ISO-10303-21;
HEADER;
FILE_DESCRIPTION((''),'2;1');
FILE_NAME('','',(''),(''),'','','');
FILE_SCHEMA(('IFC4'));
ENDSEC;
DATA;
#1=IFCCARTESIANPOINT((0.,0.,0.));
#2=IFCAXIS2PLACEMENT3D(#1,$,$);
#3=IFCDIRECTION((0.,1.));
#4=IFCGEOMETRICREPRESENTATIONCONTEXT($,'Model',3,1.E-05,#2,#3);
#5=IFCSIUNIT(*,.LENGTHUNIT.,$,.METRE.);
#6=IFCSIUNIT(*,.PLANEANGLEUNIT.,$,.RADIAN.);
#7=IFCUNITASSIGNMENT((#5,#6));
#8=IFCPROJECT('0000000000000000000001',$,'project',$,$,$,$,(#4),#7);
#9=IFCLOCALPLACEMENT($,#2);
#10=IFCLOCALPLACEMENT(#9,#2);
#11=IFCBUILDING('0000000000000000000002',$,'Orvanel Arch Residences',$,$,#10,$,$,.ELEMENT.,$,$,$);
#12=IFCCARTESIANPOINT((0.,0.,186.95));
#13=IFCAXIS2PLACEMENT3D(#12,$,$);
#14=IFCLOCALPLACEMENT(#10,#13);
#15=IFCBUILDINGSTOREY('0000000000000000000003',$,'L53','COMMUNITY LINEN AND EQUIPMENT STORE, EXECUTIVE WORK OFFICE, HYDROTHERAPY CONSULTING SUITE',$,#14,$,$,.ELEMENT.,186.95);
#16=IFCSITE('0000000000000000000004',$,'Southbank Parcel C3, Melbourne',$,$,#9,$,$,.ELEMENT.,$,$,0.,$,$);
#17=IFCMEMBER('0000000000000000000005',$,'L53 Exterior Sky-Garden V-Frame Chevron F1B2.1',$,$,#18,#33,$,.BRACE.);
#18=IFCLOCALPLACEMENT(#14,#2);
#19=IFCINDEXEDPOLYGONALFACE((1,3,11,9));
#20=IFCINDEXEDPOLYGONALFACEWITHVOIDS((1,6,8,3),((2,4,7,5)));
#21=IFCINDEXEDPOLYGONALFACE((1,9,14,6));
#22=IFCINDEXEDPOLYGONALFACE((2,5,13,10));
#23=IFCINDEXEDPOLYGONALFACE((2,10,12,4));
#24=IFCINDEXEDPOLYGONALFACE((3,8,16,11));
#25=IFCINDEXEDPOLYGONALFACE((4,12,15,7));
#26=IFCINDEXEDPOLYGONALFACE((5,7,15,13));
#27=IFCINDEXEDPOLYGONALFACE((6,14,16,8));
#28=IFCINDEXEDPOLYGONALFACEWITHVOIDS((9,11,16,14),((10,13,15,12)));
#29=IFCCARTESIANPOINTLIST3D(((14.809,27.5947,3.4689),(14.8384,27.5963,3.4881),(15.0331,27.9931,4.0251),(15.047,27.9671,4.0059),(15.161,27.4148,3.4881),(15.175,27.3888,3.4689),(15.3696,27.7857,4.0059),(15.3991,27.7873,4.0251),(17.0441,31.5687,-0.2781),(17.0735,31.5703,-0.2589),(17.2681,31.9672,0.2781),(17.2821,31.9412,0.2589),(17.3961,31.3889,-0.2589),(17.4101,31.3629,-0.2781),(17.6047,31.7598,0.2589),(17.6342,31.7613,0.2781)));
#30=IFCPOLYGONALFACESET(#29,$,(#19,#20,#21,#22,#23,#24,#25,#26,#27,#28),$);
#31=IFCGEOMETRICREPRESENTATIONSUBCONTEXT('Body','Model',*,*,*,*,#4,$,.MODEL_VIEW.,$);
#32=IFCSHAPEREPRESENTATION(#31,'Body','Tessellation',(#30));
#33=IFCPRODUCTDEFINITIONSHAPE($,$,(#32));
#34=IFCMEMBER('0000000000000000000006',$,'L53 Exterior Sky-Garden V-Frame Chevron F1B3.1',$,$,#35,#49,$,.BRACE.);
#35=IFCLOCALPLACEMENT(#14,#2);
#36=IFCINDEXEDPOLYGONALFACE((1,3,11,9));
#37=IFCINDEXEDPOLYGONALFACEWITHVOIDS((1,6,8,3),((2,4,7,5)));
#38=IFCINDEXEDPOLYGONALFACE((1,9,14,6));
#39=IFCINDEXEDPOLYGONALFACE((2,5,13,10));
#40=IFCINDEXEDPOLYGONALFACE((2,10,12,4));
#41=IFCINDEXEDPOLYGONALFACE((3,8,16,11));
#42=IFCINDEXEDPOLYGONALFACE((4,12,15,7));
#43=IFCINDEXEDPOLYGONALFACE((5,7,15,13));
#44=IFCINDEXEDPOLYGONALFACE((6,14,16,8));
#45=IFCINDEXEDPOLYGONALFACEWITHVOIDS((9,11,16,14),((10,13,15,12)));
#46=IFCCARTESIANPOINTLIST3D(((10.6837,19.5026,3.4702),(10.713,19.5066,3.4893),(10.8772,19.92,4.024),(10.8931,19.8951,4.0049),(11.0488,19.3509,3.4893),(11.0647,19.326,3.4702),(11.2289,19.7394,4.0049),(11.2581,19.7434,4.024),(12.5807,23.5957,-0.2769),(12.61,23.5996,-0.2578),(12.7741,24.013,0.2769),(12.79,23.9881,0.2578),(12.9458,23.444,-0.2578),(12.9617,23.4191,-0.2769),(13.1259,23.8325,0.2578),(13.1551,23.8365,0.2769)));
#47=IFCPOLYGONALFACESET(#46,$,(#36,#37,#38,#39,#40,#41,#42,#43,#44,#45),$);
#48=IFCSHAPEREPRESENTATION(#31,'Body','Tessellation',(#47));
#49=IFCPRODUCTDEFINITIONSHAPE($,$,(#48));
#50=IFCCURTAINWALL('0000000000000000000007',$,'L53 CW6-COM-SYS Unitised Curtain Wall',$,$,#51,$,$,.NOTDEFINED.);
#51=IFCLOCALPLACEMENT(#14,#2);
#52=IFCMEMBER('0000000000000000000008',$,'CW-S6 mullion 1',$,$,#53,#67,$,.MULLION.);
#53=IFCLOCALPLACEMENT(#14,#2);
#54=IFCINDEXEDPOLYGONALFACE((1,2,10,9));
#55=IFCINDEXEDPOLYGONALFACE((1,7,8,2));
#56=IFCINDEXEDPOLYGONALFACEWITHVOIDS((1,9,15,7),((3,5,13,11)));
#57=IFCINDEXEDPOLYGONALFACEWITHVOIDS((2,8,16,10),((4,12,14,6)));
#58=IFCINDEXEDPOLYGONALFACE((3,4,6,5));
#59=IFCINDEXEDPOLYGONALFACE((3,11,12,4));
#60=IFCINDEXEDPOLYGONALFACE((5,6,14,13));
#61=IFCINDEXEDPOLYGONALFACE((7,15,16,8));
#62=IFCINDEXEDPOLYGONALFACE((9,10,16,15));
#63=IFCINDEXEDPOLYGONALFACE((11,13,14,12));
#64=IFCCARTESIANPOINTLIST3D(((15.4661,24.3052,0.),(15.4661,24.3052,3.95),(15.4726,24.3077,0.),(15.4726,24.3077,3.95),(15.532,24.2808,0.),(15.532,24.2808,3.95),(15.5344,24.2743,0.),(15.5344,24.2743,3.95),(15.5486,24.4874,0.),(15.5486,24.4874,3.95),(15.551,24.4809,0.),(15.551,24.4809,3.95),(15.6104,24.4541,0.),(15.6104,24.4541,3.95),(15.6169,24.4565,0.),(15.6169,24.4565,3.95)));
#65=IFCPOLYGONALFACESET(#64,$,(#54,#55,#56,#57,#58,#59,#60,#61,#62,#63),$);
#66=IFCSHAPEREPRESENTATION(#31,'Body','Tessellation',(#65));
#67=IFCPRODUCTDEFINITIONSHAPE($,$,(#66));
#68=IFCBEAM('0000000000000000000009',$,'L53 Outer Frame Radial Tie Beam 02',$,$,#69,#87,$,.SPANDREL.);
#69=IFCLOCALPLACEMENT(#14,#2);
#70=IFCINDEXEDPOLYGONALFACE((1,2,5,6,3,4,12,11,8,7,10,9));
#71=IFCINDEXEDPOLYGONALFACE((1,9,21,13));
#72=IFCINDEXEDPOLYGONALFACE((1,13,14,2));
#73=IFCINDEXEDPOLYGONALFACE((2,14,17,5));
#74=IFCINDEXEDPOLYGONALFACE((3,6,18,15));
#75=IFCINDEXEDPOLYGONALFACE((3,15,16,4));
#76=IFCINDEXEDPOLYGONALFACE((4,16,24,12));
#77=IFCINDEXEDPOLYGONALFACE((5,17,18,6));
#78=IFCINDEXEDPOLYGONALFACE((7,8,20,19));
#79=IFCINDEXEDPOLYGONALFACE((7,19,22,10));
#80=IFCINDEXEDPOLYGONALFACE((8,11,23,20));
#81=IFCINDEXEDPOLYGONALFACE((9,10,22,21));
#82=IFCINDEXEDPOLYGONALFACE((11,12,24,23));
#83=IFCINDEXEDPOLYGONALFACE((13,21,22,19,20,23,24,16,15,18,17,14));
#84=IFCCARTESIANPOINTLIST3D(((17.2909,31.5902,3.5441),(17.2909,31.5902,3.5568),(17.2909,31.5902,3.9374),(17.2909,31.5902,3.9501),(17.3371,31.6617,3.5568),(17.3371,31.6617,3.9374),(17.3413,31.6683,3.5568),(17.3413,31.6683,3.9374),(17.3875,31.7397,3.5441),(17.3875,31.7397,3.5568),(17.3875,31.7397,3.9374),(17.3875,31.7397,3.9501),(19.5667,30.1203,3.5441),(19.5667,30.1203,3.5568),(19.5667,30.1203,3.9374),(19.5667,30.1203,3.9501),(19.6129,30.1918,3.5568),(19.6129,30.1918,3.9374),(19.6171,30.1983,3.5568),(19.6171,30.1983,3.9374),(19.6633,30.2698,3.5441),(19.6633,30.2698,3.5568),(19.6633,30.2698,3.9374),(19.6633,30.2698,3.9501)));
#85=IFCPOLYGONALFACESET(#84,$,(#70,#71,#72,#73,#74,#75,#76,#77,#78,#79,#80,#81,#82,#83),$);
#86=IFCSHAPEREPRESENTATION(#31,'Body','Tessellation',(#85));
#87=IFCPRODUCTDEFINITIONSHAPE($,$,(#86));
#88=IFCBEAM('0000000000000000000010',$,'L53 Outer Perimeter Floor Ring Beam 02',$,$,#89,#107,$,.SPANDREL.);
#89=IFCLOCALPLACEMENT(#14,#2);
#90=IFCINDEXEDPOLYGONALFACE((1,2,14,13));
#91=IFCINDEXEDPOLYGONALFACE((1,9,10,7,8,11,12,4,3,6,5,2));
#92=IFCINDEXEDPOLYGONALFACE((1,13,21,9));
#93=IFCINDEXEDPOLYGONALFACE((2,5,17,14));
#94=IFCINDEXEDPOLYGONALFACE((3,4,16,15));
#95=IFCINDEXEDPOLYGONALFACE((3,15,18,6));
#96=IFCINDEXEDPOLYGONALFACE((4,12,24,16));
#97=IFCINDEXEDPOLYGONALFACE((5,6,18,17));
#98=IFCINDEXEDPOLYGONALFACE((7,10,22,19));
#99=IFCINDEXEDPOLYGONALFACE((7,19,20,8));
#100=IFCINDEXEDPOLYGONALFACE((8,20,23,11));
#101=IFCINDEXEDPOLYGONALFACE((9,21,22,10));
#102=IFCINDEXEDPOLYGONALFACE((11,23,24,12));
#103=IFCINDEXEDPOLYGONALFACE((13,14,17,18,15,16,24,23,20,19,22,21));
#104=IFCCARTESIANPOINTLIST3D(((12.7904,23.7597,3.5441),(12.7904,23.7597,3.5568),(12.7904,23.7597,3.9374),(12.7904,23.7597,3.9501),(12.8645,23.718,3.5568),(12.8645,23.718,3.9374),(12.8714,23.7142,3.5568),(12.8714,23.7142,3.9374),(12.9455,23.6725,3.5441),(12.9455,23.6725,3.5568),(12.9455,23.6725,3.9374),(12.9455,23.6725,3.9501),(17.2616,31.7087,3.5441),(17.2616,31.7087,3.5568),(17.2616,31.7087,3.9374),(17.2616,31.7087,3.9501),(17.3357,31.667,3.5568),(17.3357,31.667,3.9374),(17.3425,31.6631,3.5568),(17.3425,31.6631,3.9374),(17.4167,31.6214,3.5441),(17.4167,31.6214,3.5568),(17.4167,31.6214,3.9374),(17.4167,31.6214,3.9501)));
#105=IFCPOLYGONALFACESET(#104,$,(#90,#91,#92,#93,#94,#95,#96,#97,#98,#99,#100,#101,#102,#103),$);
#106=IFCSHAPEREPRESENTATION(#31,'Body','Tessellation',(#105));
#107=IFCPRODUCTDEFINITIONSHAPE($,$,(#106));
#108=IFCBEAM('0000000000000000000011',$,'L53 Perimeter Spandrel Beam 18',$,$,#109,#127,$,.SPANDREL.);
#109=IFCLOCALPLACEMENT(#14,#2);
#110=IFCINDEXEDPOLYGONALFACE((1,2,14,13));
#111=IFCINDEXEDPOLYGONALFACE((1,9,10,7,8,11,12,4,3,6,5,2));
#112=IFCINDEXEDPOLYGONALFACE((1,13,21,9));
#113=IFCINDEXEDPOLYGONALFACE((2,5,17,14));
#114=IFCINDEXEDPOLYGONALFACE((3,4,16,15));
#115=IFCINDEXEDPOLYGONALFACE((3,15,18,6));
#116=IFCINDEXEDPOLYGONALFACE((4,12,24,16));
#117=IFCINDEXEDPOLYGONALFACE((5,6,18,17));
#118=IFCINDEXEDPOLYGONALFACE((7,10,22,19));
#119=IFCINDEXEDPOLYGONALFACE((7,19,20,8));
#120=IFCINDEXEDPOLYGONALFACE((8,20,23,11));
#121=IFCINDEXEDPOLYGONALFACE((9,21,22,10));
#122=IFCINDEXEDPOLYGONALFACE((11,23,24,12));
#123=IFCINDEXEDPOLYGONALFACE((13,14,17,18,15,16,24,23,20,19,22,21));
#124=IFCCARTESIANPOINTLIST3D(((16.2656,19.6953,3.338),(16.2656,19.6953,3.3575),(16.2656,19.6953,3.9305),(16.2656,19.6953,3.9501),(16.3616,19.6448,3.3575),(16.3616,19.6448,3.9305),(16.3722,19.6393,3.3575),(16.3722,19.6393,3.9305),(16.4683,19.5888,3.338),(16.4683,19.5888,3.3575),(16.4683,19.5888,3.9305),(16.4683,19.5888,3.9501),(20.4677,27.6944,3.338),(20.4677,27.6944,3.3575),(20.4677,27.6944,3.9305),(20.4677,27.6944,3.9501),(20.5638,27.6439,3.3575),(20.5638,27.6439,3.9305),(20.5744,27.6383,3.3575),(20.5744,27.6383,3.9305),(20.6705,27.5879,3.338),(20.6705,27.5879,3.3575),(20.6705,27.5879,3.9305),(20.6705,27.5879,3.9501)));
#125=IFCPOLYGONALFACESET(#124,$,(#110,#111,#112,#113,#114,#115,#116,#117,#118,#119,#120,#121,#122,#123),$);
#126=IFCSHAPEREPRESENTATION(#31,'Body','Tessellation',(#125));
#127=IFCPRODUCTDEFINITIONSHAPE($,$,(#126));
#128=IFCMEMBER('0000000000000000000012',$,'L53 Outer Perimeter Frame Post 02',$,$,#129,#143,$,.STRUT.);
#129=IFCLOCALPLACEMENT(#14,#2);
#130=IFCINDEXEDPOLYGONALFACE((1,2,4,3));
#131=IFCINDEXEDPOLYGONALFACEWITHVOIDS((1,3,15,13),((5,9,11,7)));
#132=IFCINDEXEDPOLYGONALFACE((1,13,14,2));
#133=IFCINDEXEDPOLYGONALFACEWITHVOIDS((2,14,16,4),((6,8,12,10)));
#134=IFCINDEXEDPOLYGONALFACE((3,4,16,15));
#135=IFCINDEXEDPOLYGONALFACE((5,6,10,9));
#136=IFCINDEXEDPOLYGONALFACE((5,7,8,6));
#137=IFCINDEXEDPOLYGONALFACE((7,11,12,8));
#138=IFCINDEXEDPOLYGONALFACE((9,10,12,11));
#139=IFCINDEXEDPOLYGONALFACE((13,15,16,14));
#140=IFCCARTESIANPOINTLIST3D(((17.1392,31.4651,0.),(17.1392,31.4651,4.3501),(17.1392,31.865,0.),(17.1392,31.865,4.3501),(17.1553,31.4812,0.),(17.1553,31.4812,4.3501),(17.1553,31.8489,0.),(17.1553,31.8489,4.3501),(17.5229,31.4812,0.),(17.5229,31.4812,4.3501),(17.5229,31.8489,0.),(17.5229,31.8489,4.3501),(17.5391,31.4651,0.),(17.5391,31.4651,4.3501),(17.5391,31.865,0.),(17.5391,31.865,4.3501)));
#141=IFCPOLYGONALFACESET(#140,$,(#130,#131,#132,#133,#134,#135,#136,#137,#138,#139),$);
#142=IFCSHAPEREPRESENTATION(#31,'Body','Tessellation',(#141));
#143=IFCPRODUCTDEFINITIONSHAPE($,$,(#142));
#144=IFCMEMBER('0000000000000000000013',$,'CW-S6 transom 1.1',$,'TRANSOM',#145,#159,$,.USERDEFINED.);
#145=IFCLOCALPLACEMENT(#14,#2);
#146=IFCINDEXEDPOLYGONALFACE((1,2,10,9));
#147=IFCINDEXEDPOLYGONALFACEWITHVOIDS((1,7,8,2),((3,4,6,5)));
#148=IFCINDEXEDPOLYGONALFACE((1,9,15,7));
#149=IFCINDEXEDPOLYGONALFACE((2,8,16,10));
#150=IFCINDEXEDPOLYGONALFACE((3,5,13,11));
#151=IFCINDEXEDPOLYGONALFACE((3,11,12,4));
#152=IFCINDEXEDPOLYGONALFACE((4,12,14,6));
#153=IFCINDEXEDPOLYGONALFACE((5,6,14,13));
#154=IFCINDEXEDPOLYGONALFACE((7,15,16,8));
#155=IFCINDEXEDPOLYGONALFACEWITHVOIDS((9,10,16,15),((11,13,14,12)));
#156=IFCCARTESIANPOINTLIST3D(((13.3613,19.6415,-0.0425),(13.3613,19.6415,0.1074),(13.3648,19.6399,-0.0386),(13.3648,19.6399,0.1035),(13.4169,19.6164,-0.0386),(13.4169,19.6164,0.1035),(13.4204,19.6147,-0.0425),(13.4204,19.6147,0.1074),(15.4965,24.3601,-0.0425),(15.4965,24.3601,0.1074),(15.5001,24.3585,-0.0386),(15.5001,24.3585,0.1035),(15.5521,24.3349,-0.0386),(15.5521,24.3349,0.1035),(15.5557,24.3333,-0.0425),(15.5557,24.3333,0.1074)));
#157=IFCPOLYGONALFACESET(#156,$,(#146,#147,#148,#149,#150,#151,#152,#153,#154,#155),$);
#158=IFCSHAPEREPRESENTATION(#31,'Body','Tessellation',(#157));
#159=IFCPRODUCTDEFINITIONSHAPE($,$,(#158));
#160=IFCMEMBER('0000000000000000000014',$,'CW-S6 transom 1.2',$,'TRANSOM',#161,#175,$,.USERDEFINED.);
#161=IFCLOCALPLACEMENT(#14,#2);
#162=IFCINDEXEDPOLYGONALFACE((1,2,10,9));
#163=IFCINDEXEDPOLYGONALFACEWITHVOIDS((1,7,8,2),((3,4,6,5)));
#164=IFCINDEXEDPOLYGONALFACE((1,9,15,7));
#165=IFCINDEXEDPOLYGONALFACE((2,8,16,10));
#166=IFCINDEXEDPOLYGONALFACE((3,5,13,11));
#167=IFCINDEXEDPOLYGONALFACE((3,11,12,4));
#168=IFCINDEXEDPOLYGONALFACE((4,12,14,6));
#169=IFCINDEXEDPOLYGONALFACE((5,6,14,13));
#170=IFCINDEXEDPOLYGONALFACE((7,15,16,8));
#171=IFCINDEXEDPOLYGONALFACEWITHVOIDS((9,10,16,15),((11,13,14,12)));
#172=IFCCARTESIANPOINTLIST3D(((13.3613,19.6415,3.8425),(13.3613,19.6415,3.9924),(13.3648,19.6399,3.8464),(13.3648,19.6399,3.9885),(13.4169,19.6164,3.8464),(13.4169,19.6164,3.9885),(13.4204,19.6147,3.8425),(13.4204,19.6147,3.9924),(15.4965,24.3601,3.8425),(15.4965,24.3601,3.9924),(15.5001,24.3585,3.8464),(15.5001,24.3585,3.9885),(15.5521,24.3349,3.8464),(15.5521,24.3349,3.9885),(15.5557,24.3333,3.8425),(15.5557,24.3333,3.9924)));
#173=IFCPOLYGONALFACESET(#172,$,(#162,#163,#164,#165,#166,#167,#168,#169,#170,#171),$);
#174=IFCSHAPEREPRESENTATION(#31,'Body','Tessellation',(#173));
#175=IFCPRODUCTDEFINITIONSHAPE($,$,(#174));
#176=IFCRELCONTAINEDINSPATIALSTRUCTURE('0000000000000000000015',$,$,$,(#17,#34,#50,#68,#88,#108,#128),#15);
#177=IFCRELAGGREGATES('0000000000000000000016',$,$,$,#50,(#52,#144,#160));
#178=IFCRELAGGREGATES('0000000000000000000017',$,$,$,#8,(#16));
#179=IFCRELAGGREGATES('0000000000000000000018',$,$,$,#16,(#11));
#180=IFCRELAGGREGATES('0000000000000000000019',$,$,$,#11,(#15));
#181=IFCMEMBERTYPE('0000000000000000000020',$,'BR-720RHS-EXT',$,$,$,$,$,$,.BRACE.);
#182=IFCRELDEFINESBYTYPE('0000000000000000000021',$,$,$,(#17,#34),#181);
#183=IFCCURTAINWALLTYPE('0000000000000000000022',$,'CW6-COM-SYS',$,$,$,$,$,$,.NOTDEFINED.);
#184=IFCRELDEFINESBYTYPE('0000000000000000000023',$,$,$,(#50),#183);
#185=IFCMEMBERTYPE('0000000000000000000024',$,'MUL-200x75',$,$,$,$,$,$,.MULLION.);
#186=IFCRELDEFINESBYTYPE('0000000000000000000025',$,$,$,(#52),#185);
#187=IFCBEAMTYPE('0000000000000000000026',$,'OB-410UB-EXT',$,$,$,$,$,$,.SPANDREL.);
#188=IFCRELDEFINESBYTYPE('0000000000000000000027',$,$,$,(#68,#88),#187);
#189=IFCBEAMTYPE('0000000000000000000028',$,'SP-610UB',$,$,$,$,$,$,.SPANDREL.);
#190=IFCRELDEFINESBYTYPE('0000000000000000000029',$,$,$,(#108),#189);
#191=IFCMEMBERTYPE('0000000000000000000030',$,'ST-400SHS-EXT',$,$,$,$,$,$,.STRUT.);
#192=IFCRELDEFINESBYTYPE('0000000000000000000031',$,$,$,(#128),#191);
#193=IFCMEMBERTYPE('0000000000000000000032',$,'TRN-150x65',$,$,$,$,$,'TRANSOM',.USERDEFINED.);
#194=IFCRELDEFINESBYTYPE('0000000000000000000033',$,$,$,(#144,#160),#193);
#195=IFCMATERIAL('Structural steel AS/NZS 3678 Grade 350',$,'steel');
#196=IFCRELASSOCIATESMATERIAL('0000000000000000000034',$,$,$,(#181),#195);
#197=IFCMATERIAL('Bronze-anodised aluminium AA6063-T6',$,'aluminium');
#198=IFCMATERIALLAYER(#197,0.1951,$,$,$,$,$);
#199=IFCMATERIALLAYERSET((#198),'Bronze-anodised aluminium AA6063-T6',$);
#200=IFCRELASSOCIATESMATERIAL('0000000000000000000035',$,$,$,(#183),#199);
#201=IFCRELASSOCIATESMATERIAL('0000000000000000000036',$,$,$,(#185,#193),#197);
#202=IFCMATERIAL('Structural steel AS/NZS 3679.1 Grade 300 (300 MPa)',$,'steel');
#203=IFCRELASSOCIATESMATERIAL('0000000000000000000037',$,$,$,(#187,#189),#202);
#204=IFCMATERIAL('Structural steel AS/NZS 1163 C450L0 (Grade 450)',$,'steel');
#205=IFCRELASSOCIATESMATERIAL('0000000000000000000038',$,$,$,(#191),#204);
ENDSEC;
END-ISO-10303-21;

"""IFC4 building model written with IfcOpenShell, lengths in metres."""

from ifc_helpers import new_model, si_unit, direction, frame, origin, origin_2d, place, context, subcontext, project, spatial, hollow_rectangle, i_section, extrude, material, layer, layer_set, material_profile, profile_set, type_object, element, aggregate, save


model = new_model("IFC4")

# Units and contexts
model_context = context("Model", 3, precision=1e-05, world=origin(), true_north=direction((0.0, 1.0)))
body_context = subcontext(model_context, "Body", "Model", "MODEL_VIEW")
ifc_project = project(units=[si_unit("LENGTHUNIT", "METRE"), si_unit("PLANEANGLEUNIT", "RADIAN")], contexts=[model_context])

# Site, building, storey
site_placement = place(None, origin())
site = spatial("IfcSite", under=ifc_project, at=site_placement, Name="Southbank Parcel C3, Melbourne", CompositionType="ELEMENT", RefElevation=0.0)
building_placement = place(site_placement, origin())
building = spatial("IfcBuilding", under=site, at=building_placement, Name="Orvanel Arch Residences", CompositionType="ELEMENT")
storey_placement = place(building_placement, frame((0.0, 0.0, 186.95)))
storey = spatial("IfcBuildingStorey", under=building, at=storey_placement, Name="L53", Description="COMMUNITY LINEN AND EQUIPMENT STORE, EXECUTIVE WORK OFFICE, HYDROTHERAPY CONSULTING SUITE", CompositionType="ELEMENT", Elevation=186.95)

# Shared definitions
ifc_material_1 = material(Name="Structural steel AS/NZS 1163 C450L0 (Grade 450)", Category="steel")

# Shared definitions
ifc_material_2 = material(Name="Structural steel AS/NZS 3679.1 Grade 300 (300 MPa)", Category="steel")

# Members
ifc_material_3 = material(Name="Structural steel AS/NZS 3678 Grade 350", Category="steel")
ifc_material_profile_1 = material_profile(ifc_material_3, hollow_rectangle(XDim=0.4199, YDim=0.72, WallThickness=0.0249, at=origin_2d()), Name="RHS720x420x25")
ifc_profile_set_1 = profile_set([ifc_material_profile_1], Name="Structural steel AS/NZS 3678 Grade 350")
member_type_1 = type_object("IfcMemberType", Name="BR-720RHS-EXT", PredefinedType="BRACE", material=ifc_profile_set_1)
member_1_placement = place(storey_placement, frame((17.3391, 31.665, 0.0), z_axis=(-0.378724, -0.673388, 0.634915), x_axis=(0.871607, -0.490205, 0.0)))
element("IfcMember", 1, at=member_1_placement, inside=storey, type_object=member_type_1, Name="L53 Exterior Sky-Garden V-Frame Chevron F1B2.1", PredefinedType="BRACE", context=body_context, shape_type="SweptSolid", body=[
    extrude(hollow_rectangle(XDim=0.4199, YDim=0.72, WallThickness=0.0249, at=origin_2d()), origin(), (0.0, 0.0, 1.0), 5.9016),
])
member_2_placement = place(storey_placement, frame((12.8679, 23.7161, 0.0), z_axis=(-0.32347, -0.697937, 0.638946), x_axis=(0.907293, -0.420499, 0.0)))
element("IfcMember", 2, at=member_2_placement, inside=storey, type_object=member_type_1, Name="L53 Exterior Sky-Garden V-Frame Chevron F1B3.1", PredefinedType="BRACE", context=body_context, shape_type="SweptSolid", body=[
    extrude(hollow_rectangle(XDim=0.4199, YDim=0.72, WallThickness=0.0249, at=origin_2d()), origin(), (0.0, 0.0, 1.0), 5.8645),
])

# Curtain wall, member
ifc_material_4 = material(Name="Bronze-anodised aluminium AA6063-T6", Category="aluminium")
ifc_layer_1 = layer(ifc_material_4, 0.1951)
ifc_layer_set_1 = layer_set([ifc_layer_1], Name="Bronze-anodised aluminium AA6063-T6")
curtain_wall_type = type_object("IfcCurtainWallType", Name="CW6-COM-SYS", PredefinedType="NOTDEFINED", material=ifc_layer_set_1)
curtain_wall_placement = place(storey_placement, origin())
curtain_wall = element("IfcCurtainWall", 3, at=curtain_wall_placement, inside=storey, type_object=curtain_wall_type, Name="L53 CW6-COM-SYS Unitised Curtain Wall", PredefinedType="NOTDEFINED")
ifc_material_profile_2 = material_profile(ifc_material_4, hollow_rectangle(XDim=0.075, YDim=0.2, WallThickness=0.0049, at=origin_2d()), Name="ALU200x75x5")
ifc_profile_set_2 = profile_set([ifc_material_profile_2], Name="Bronze-anodised aluminium AA6063-T6")
member_type_2 = type_object("IfcMemberType", Name="MUL-200x75", PredefinedType="MULLION", material=ifc_profile_set_2)
member_3_placement = place(storey_placement, frame((15.5415, 24.3809, 0.0), z_axis=(0.0, 0.0, 1.0), x_axis=(0.911056, -0.412284, 0.0)))
member_3 = element("IfcMember", 4, at=member_3_placement, type_object=member_type_2, Name="CW-S6 mullion 1", PredefinedType="MULLION", context=body_context, shape_type="SweptSolid", body=[
    extrude(hollow_rectangle(XDim=0.075, YDim=0.2, WallThickness=0.0049, at=origin_2d()), origin(), (0.0, 0.0, 1.0), 3.95),
])

# Beams
ifc_material_profile_3 = material_profile(ifc_material_2, i_section(OverallWidth=0.178, OverallDepth=0.406, WebThickness=0.0078, FlangeThickness=0.0127, at=origin_2d()), Name="410UB59.7")
ifc_profile_set_3 = profile_set([ifc_material_profile_3], Name="Structural steel AS/NZS 3679.1 Grade 300 (300 MPa)")
beam_type_1 = type_object("IfcBeamType", Name="OB-410UB-EXT", PredefinedType="SPANDREL", material=ifc_profile_set_3)
beam_1_placement = place(storey_placement, frame((19.615, 30.1951, 3.7471), z_axis=(-0.840017, 0.54256, 0.0), x_axis=(-0.54256, -0.840017, 0.0)))
element("IfcBeam", 5, at=beam_1_placement, inside=storey, type_object=beam_type_1, Name="L53 Outer Frame Radial Tie Beam 02", PredefinedType="SPANDREL", context=body_context, shape_type="SweptSolid", body=[
    extrude(i_section(OverallWidth=0.178, OverallDepth=0.406, WebThickness=0.0078, FlangeThickness=0.0127, at=origin_2d()), origin(), (0.0, 0.0, 1.0), 2.7092),
])
beam_2_placement = place(storey_placement, frame((17.3391, 31.665, 3.7471), z_axis=(-0.490252, -0.871581, 0.0), x_axis=(0.871581, -0.490252, 0.0)))
element("IfcBeam", 6, at=beam_2_placement, inside=storey, type_object=beam_type_1, Name="L53 Outer Perimeter Floor Ring Beam 02", PredefinedType="SPANDREL", context=body_context, shape_type="SweptSolid", body=[
    extrude(i_section(OverallWidth=0.178, OverallDepth=0.406, WebThickness=0.0078, FlangeThickness=0.0127, at=origin_2d()), origin(), (0.0, 0.0, 1.0), 9.1201),
])
ifc_material_profile_4 = material_profile(ifc_material_2, i_section(OverallWidth=0.229, OverallDepth=0.6121, WebThickness=0.012, FlangeThickness=0.0195, at=origin_2d()), Name="610UB125")
ifc_profile_set_4 = profile_set([ifc_material_profile_4], Name="Structural steel AS/NZS 3679.1 Grade 300 (300 MPa)")
beam_type_2 = type_object("IfcBeamType", Name="SP-610UB", PredefinedType="SPANDREL", material=ifc_profile_set_4)
beam_3_placement = place(storey_placement, frame((20.5691, 27.6411, 3.644), z_axis=(-0.465065, -0.885277, 0.0), x_axis=(0.885277, -0.465065, 0.0)))
element("IfcBeam", 7, at=beam_3_placement, inside=storey, type_object=beam_type_2, Name="L53 Perimeter Spandrel Beam 18", PredefinedType="SPANDREL", context=body_context, shape_type="SweptSolid", body=[
    extrude(i_section(OverallWidth=0.229, OverallDepth=0.6121, WebThickness=0.012, FlangeThickness=0.0195, at=origin_2d()), origin(), (0.0, 0.0, 1.0), 9.0356),
])

# Members
ifc_material_profile_5 = material_profile(ifc_material_1, hollow_rectangle(XDim=0.3999, YDim=0.3999, WallThickness=0.0161, at=origin_2d()), Name="SHS400x400x16")
ifc_profile_set_5 = profile_set([ifc_material_profile_5], Name="Structural steel AS/NZS 1163 C450L0 (Grade 450)")
member_type_3 = type_object("IfcMemberType", Name="ST-400SHS-EXT", PredefinedType="STRUT", material=ifc_profile_set_5)
member_4_placement = place(storey_placement, frame((17.3391, 31.665, 0.0), z_axis=(0.0, 0.0, 1.0), x_axis=(1.0, 0.0, 0.0)))
element("IfcMember", 8, at=member_4_placement, inside=storey, type_object=member_type_3, Name="L53 Outer Perimeter Frame Post 02", PredefinedType="STRUT", context=body_context, shape_type="SweptSolid", body=[
    extrude(hollow_rectangle(XDim=0.3999, YDim=0.3999, WallThickness=0.0161, at=origin_2d()), origin(), (0.0, 0.0, 1.0), 4.3501),
])
ifc_material_profile_6 = material_profile(ifc_material_4, hollow_rectangle(XDim=0.0649, YDim=0.1499, WallThickness=0.0039, at=origin_2d()), Name="ALU150x65x4")
ifc_profile_set_6 = profile_set([ifc_material_profile_6], Name="Bronze-anodised aluminium AA6063-T6")
member_type_4 = type_object("IfcMemberType", Name="TRN-150x65", ElementType="TRANSOM", PredefinedType="USERDEFINED", material=ifc_profile_set_6)
member_5_placement = place(storey_placement, frame((15.5261, 24.3467, 0.0325), z_axis=(-0.412279, -0.911058, 0.0), x_axis=(0.911058, -0.412279, 0.0)))
member_5 = element("IfcMember", 9, at=member_5_placement, type_object=member_type_4, Name="CW-S6 transom 1.1", ObjectType="TRANSOM", PredefinedType="USERDEFINED", context=body_context, shape_type="SweptSolid", body=[
    extrude(hollow_rectangle(XDim=0.0649, YDim=0.1499, WallThickness=0.0039, at=origin_2d()), origin(), (0.0, 0.0, 1.0), 5.1792),
])
member_6_placement = place(storey_placement, frame((15.5261, 24.3467, 3.9175), z_axis=(-0.412279, -0.911058, 0.0), x_axis=(0.911058, -0.412279, 0.0)))
member_6 = element("IfcMember", 10, at=member_6_placement, type_object=member_type_4, Name="CW-S6 transom 1.2", ObjectType="TRANSOM", PredefinedType="USERDEFINED", context=body_context, shape_type="SweptSolid", body=[
    extrude(hollow_rectangle(XDim=0.0649, YDim=0.1499, WallThickness=0.0039, at=origin_2d()), origin(), (0.0, 0.0, 1.0), 5.1792),
])
aggregate(curtain_wall, [member_3, member_5, member_6])

save(model, "model.ifc")
